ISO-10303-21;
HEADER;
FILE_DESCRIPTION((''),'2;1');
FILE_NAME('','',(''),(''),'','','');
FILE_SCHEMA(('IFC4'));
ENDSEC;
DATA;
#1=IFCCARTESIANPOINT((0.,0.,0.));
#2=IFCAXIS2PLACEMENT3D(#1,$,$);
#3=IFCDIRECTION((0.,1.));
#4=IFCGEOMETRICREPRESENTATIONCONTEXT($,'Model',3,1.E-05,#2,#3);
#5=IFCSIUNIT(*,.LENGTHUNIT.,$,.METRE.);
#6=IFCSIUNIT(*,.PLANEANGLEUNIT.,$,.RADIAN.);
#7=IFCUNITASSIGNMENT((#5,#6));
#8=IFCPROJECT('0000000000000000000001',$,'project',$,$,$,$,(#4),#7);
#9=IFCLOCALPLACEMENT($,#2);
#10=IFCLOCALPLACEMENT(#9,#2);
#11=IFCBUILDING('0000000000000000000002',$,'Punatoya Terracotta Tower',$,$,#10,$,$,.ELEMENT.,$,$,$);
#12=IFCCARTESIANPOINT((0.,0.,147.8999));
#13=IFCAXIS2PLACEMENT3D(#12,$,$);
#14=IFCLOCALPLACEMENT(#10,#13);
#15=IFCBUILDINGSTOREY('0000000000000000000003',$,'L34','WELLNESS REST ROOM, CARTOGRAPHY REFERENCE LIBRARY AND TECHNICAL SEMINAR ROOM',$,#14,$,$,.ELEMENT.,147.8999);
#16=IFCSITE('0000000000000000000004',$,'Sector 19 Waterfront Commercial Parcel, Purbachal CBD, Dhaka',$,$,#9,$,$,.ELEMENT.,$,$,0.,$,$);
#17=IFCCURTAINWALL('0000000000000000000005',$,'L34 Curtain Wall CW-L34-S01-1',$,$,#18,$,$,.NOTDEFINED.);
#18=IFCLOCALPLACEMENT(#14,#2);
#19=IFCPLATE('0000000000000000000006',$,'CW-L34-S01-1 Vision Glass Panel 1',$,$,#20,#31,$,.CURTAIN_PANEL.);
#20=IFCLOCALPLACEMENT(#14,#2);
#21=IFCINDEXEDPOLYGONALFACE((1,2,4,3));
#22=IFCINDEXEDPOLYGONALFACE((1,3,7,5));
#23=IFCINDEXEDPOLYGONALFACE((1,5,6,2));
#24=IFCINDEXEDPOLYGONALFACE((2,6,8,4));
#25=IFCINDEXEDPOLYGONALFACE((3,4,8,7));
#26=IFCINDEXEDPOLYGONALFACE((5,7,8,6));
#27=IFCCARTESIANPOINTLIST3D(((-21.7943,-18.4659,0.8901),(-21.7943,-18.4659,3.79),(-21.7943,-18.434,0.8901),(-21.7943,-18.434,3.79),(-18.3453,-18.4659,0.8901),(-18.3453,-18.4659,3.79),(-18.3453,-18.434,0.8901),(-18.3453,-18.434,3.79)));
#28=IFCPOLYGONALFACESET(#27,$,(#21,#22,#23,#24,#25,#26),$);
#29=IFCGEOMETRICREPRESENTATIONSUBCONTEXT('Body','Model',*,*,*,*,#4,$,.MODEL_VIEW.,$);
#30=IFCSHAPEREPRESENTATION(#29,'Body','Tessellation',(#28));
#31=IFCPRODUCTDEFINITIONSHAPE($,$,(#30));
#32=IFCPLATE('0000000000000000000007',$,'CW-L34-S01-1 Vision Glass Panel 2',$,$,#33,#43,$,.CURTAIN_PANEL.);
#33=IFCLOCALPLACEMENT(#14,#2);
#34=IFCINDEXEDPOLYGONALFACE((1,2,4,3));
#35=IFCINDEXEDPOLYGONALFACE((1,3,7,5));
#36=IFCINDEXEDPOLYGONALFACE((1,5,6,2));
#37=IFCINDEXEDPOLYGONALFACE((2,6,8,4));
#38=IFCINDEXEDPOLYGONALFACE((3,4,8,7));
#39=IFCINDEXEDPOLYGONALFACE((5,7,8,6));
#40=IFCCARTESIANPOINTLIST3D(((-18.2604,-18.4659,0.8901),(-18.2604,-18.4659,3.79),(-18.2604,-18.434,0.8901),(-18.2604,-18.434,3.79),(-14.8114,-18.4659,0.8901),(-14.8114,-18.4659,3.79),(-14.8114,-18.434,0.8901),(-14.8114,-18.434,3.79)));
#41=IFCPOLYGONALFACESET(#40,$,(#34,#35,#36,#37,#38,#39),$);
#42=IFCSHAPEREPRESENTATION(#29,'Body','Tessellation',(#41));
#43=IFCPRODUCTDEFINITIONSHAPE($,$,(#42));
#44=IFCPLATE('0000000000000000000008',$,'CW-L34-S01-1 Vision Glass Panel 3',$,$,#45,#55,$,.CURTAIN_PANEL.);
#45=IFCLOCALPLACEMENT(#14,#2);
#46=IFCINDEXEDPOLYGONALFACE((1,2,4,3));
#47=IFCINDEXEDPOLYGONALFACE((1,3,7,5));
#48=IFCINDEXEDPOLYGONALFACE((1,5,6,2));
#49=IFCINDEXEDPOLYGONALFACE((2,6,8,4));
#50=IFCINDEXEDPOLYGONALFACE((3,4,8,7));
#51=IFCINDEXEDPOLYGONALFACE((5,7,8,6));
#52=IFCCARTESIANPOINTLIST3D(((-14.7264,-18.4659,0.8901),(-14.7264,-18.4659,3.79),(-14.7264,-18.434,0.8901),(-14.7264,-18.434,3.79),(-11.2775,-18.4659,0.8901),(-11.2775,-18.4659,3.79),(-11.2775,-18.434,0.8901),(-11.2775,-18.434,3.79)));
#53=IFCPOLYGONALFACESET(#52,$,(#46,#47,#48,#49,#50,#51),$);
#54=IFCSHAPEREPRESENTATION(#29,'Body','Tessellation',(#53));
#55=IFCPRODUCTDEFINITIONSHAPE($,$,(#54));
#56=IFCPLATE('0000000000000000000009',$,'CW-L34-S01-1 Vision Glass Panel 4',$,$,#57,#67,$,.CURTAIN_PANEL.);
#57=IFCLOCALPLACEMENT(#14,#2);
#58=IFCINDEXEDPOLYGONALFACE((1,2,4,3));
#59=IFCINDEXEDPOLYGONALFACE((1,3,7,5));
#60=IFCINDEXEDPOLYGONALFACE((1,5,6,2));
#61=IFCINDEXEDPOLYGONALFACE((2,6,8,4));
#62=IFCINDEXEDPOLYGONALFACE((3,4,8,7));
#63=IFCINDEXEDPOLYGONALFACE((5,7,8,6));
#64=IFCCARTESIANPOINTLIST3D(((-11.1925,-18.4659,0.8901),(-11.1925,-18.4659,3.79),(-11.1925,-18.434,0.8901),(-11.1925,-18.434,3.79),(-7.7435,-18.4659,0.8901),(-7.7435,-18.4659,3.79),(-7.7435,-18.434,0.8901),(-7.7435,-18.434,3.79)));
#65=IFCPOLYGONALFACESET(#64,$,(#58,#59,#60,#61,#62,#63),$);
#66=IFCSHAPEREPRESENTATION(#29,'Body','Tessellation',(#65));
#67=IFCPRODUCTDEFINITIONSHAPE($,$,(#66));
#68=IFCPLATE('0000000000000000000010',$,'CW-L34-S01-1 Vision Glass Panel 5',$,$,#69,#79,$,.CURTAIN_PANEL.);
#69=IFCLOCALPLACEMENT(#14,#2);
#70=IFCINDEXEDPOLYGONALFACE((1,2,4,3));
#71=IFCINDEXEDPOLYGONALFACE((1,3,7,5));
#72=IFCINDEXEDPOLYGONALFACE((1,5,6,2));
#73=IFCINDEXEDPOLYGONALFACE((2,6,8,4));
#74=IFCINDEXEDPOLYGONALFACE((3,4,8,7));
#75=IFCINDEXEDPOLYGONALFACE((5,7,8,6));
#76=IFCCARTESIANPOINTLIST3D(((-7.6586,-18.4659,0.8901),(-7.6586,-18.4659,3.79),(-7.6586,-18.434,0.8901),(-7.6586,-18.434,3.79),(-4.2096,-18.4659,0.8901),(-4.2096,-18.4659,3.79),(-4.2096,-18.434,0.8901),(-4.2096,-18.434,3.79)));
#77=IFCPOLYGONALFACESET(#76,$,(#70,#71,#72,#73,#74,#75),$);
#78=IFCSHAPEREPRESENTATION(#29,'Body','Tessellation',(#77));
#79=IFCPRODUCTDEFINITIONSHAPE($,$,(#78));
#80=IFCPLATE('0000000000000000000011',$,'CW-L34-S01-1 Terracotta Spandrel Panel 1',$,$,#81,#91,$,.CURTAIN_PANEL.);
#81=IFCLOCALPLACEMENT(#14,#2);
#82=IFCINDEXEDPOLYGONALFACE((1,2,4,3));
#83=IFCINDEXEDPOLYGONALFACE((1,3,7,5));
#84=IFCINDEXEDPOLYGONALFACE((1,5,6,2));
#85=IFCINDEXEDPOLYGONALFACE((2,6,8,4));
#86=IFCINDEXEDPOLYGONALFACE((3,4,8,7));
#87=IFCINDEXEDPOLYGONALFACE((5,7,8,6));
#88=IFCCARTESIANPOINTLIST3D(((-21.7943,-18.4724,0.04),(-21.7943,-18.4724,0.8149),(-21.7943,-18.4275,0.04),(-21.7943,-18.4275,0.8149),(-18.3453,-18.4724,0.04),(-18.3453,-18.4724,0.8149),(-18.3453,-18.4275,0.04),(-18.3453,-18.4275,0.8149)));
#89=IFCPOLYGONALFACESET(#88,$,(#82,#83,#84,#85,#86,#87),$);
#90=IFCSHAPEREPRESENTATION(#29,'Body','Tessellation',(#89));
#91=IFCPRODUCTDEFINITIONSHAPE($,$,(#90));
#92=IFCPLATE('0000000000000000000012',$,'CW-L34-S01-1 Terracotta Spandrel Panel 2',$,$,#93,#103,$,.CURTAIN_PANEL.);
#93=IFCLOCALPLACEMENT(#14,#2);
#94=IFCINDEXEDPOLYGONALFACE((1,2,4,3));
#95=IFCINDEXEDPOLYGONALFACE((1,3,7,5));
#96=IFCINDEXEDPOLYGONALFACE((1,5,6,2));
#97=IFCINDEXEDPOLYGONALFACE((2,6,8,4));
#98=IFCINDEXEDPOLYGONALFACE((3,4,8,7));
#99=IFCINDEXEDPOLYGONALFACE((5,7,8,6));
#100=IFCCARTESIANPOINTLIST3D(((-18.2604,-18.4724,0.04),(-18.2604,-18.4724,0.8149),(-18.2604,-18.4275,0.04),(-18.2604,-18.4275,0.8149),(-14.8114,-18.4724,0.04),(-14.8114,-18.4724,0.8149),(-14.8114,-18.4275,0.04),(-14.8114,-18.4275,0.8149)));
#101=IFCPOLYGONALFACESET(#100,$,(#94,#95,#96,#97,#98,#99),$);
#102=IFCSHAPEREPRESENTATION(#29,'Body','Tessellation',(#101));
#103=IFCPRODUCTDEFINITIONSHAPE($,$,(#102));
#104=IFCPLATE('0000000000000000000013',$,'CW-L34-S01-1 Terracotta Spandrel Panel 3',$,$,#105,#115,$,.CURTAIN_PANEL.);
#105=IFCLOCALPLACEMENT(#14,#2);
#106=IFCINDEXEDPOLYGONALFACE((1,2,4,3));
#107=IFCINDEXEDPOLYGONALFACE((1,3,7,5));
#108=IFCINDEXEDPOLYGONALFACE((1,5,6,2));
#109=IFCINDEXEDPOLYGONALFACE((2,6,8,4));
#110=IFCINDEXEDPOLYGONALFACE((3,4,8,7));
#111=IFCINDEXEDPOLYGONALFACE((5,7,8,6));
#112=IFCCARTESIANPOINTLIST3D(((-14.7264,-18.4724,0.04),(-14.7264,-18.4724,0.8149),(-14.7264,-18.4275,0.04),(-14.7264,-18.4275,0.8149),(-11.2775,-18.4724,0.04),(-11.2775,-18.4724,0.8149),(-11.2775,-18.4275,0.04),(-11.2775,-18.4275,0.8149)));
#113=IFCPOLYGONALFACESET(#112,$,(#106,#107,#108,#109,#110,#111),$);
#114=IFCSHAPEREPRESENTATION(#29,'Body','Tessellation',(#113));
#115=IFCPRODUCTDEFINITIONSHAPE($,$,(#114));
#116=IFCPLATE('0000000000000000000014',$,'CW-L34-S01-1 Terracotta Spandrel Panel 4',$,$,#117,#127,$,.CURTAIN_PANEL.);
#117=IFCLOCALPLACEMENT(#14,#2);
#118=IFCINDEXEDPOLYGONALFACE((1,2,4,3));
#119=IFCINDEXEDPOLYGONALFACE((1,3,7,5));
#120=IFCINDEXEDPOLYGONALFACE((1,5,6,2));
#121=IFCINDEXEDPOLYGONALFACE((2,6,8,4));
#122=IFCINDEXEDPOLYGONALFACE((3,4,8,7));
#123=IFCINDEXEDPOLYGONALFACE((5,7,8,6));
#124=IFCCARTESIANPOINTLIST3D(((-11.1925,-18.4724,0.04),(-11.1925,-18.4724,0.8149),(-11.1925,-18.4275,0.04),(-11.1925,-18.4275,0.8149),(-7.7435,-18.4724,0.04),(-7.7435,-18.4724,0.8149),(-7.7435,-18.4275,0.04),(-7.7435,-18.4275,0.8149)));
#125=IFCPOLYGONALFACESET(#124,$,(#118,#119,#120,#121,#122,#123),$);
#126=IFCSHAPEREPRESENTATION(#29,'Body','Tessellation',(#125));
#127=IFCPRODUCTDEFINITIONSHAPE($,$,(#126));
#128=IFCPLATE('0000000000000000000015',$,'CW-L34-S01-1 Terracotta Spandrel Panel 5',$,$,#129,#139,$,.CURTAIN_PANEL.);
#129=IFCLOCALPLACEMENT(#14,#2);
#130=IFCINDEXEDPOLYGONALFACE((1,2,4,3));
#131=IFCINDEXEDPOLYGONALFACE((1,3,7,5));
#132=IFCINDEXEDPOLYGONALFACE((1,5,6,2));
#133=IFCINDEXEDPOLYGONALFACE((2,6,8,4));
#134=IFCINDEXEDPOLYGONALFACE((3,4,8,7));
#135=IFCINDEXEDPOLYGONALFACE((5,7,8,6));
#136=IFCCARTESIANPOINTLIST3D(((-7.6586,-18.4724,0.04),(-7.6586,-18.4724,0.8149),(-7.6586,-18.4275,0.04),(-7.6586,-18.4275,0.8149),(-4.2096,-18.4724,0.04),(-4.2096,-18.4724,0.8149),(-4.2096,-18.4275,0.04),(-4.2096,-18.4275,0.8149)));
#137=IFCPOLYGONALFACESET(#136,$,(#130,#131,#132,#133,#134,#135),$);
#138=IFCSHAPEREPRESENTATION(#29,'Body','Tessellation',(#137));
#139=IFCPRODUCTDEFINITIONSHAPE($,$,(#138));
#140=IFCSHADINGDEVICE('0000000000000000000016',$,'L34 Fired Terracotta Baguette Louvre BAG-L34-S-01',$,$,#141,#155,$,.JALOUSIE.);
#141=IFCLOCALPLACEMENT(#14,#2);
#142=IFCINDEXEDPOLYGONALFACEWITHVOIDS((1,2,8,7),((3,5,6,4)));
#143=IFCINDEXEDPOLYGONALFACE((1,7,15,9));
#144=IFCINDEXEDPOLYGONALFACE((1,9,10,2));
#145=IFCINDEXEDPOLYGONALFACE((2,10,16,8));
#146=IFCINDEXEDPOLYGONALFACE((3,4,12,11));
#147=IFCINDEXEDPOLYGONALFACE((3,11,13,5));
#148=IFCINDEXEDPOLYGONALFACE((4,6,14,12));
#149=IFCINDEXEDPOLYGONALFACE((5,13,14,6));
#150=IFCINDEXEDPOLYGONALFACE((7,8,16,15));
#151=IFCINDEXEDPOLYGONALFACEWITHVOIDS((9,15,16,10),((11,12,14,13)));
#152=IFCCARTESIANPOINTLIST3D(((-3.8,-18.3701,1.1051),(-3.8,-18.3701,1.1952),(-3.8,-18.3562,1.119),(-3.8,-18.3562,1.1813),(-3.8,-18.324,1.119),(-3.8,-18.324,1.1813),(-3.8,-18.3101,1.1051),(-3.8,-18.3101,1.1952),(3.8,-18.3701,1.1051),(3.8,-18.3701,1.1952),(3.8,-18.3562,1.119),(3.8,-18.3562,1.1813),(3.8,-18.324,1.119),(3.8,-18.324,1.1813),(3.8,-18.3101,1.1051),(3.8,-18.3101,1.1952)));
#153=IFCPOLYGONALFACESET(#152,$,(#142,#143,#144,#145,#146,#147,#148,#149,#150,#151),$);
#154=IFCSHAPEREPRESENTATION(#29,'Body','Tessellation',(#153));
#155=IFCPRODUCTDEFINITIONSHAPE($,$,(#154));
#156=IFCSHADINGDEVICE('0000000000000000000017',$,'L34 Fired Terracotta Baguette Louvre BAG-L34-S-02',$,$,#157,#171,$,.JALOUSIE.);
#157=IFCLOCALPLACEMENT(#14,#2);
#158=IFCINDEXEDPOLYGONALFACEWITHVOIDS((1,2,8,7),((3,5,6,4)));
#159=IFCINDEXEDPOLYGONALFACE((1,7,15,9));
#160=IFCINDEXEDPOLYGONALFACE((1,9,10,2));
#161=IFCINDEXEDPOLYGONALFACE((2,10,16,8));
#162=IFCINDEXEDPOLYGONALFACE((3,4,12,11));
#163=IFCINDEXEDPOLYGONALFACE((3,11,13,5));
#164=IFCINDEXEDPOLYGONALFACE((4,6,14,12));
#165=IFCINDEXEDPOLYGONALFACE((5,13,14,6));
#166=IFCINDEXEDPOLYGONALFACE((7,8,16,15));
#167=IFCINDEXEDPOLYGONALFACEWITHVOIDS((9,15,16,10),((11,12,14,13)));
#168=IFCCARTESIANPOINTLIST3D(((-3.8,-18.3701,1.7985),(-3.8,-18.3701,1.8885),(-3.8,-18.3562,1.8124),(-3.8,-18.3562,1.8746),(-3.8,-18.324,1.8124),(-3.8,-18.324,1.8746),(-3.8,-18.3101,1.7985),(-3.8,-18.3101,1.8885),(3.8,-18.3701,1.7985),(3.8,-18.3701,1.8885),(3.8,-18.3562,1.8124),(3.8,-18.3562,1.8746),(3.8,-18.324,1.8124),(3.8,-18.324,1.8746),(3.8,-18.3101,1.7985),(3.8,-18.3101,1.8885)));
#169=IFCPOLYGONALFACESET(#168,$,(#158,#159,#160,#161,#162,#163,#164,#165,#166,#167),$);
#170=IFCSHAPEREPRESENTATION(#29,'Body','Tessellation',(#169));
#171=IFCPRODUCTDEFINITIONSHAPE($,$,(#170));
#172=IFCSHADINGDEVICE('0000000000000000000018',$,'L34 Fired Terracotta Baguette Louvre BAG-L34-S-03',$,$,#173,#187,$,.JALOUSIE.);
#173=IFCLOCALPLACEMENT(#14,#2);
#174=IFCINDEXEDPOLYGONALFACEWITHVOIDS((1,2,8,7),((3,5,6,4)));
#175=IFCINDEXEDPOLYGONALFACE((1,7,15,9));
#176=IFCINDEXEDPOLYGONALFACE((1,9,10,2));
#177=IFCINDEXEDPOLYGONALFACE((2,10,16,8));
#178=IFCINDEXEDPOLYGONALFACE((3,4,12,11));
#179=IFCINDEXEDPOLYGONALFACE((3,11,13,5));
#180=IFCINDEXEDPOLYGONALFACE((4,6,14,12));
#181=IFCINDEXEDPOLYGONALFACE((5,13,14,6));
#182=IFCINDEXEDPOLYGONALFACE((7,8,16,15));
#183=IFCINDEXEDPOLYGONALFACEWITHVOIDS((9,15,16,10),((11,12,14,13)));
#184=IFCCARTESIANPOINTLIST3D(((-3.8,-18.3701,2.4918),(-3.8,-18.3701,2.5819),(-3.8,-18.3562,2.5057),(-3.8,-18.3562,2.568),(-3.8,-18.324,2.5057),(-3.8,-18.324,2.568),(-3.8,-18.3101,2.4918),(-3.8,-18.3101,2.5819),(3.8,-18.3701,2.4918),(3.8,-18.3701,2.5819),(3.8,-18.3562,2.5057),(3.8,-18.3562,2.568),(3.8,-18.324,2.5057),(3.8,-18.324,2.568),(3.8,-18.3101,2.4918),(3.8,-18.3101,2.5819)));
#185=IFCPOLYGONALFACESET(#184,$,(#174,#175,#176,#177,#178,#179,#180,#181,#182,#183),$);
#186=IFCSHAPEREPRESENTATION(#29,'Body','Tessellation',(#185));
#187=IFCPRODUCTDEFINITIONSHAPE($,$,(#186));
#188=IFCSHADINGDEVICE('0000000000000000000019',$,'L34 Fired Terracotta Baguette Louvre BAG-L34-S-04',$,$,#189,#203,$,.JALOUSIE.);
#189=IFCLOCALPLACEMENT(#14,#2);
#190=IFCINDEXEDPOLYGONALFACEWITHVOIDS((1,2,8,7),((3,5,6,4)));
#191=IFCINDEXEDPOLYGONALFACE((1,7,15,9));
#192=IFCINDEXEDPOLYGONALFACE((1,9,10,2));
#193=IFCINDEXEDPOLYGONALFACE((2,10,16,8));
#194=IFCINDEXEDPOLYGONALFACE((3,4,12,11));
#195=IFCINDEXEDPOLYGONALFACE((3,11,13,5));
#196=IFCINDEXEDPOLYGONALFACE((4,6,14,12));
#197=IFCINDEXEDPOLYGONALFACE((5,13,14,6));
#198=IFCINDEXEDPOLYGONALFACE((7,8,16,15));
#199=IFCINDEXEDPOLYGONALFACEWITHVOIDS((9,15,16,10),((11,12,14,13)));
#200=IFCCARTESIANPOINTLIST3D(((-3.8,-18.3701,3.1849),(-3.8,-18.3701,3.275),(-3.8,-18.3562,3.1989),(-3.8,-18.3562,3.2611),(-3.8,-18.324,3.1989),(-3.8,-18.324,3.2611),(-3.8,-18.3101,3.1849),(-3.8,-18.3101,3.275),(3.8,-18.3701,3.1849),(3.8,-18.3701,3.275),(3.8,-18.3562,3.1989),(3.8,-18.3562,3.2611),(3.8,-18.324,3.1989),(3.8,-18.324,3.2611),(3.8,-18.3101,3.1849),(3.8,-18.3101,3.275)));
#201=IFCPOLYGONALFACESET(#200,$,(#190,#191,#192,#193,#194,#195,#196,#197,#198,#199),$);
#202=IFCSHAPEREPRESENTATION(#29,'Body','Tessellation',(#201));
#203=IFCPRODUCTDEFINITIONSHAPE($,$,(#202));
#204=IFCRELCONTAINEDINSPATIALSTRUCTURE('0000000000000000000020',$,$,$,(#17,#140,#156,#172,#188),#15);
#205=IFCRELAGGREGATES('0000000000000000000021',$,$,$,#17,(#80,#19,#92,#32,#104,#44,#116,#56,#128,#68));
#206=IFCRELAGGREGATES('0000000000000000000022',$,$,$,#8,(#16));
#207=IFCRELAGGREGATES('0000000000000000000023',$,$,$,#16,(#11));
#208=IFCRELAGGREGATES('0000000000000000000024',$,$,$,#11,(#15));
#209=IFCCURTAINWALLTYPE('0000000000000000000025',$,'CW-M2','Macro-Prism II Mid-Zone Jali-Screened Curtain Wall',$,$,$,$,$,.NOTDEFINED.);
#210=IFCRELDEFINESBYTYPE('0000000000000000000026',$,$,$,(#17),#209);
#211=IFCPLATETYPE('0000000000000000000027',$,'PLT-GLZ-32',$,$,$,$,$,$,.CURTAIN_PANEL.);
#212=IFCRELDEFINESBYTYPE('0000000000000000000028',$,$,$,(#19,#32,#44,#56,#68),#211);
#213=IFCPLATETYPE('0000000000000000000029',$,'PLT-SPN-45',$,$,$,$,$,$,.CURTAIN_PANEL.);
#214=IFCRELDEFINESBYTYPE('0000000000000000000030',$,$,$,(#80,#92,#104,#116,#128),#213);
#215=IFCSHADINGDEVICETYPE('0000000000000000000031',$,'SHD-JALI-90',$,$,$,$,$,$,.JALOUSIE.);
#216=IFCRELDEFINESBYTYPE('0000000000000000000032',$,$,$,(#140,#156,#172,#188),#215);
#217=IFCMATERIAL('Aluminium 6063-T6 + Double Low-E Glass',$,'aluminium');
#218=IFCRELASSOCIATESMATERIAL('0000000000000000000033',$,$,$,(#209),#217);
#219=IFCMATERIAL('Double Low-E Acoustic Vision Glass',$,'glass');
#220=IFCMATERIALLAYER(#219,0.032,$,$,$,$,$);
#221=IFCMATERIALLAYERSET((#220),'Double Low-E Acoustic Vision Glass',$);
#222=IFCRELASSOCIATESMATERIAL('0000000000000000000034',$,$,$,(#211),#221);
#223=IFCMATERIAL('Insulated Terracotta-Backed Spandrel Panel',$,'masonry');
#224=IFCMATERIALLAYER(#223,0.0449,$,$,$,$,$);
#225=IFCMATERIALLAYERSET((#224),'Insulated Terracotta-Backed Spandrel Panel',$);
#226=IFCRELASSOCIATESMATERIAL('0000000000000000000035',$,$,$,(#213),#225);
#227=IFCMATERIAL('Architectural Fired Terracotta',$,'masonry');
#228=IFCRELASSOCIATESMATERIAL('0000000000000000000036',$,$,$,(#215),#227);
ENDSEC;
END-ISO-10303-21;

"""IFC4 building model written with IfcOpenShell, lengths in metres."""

from ifc_helpers import new_model, si_unit, direction, frame, origin, origin_2d, place, context, subcontext, project, spatial, rectangle, hollow_rectangle, extrude, material, layer, layer_set, material_profile, profile_set, type_object, element, aggregate, save


model = new_model("IFC4")

# Units and contexts
model_context = context("Model", 3, precision=1e-05, world=origin(), true_north=direction((0.0, 1.0)))
body_context = subcontext(model_context, "Body", "Model", "MODEL_VIEW")
ifc_project = project(units=[si_unit("LENGTHUNIT", "METRE"), si_unit("PLANEANGLEUNIT", "RADIAN")], contexts=[model_context])

# Site, building, storey
site_placement = place(None, origin())
site = spatial("IfcSite", under=ifc_project, at=site_placement, Name="Sector 19 Waterfront Commercial Parcel, Purbachal CBD, Dhaka", CompositionType="ELEMENT", RefElevation=0.0)
building_placement = place(site_placement, origin())
building = spatial("IfcBuilding", under=site, at=building_placement, Name="Punatoya Terracotta Tower", CompositionType="ELEMENT")
storey_placement = place(building_placement, frame((0.0, 0.0, 147.8999)))
storey = spatial("IfcBuildingStorey", under=building, at=storey_placement, Name="L34", Description="WELLNESS REST ROOM, CARTOGRAPHY REFERENCE LIBRARY AND TECHNICAL SEMINAR ROOM", CompositionType="ELEMENT", Elevation=147.8999)

# Curtain wall
ifc_material_1 = material(Name="Aluminium 6063-T6 + Double Low-E Glass", Category="aluminium")
curtain_wall_type = type_object("IfcCurtainWallType", Name="CW-M2", Description="Macro-Prism II Mid-Zone Jali-Screened Curtain Wall", PredefinedType="NOTDEFINED", material=ifc_material_1)
curtain_wall_placement = place(storey_placement, origin())
curtain_wall = element("IfcCurtainWall", 1, at=curtain_wall_placement, inside=storey, type_object=curtain_wall_type, Name="L34 Curtain Wall CW-L34-S01-1", PredefinedType="NOTDEFINED")

# Plates
ifc_material_2 = material(Name="Double Low-E Acoustic Vision Glass", Category="glass")
ifc_layer_1 = layer(ifc_material_2, 0.032)
ifc_layer_set_1 = layer_set([ifc_layer_1], Name="Double Low-E Acoustic Vision Glass")
plate_type_1 = type_object("IfcPlateType", Name="PLT-GLZ-32", PredefinedType="CURTAIN_PANEL", material=ifc_layer_set_1)
plate_1_placement = place(storey_placement, frame((-20.0698, -18.45, 0.8901), z_axis=(0.0, 0.0, 1.0), x_axis=(1.0, 0.0, 0.0)))
plate_1 = element("IfcPlate", 2, at=plate_1_placement, type_object=plate_type_1, Name="CW-L34-S01-1 Vision Glass Panel 1", PredefinedType="CURTAIN_PANEL", context=body_context, shape_type="SweptSolid", body=[
    extrude(rectangle(XDim=3.449, YDim=0.032, at=origin_2d()), origin(), (0.0, 0.0, 1.0), 2.8999),
])
plate_2_placement = place(storey_placement, frame((-16.5359, -18.45, 0.8901), z_axis=(0.0, 0.0, 1.0), x_axis=(1.0, 0.0, 0.0)))
plate_2 = element("IfcPlate", 3, at=plate_2_placement, type_object=plate_type_1, Name="CW-L34-S01-1 Vision Glass Panel 2", PredefinedType="CURTAIN_PANEL", context=body_context, shape_type="SweptSolid", body=[
    extrude(rectangle(XDim=3.449, YDim=0.032, at=origin_2d()), origin(), (0.0, 0.0, 1.0), 2.8999),
])
plate_3_placement = place(storey_placement, frame((-13.002, -18.45, 0.8901), z_axis=(0.0, 0.0, 1.0), x_axis=(1.0, 0.0, 0.0)))
plate_3 = element("IfcPlate", 4, at=plate_3_placement, type_object=plate_type_1, Name="CW-L34-S01-1 Vision Glass Panel 3", PredefinedType="CURTAIN_PANEL", context=body_context, shape_type="SweptSolid", body=[
    extrude(rectangle(XDim=3.449, YDim=0.032, at=origin_2d()), origin(), (0.0, 0.0, 1.0), 2.8999),
])
plate_4_placement = place(storey_placement, frame((-9.468, -18.45, 0.8901), z_axis=(0.0, 0.0, 1.0), x_axis=(1.0, 0.0, 0.0)))
plate_4 = element("IfcPlate", 5, at=plate_4_placement, type_object=plate_type_1, Name="CW-L34-S01-1 Vision Glass Panel 4", PredefinedType="CURTAIN_PANEL", context=body_context, shape_type="SweptSolid", body=[
    extrude(rectangle(XDim=3.449, YDim=0.032, at=origin_2d()), origin(), (0.0, 0.0, 1.0), 2.8999),
])
plate_5_placement = place(storey_placement, frame((-5.9341, -18.45, 0.8901), z_axis=(0.0, 0.0, 1.0), x_axis=(1.0, 0.0, 0.0)))
plate_5 = element("IfcPlate", 6, at=plate_5_placement, type_object=plate_type_1, Name="CW-L34-S01-1 Vision Glass Panel 5", PredefinedType="CURTAIN_PANEL", context=body_context, shape_type="SweptSolid", body=[
    extrude(rectangle(XDim=3.449, YDim=0.032, at=origin_2d()), origin(), (0.0, 0.0, 1.0), 2.8999),
])
ifc_material_3 = material(Name="Insulated Terracotta-Backed Spandrel Panel", Category="masonry")
ifc_layer_2 = layer(ifc_material_3, 0.0449)
ifc_layer_set_2 = layer_set([ifc_layer_2], Name="Insulated Terracotta-Backed Spandrel Panel")
plate_type_2 = type_object("IfcPlateType", Name="PLT-SPN-45", PredefinedType="CURTAIN_PANEL", material=ifc_layer_set_2)
plate_6_placement = place(storey_placement, frame((-20.0698, -18.45, 0.04), z_axis=(0.0, 0.0, 1.0), x_axis=(1.0, 0.0, 0.0)))
plate_6 = element("IfcPlate", 7, at=plate_6_placement, type_object=plate_type_2, Name="CW-L34-S01-1 Terracotta Spandrel Panel 1", PredefinedType="CURTAIN_PANEL", context=body_context, shape_type="SweptSolid", body=[
    extrude(rectangle(XDim=3.449, YDim=0.0449, at=origin_2d()), origin(), (0.0, 0.0, 1.0), 0.7749),
])
plate_7_placement = place(storey_placement, frame((-16.5359, -18.45, 0.04), z_axis=(0.0, 0.0, 1.0), x_axis=(1.0, 0.0, 0.0)))
plate_7 = element("IfcPlate", 8, at=plate_7_placement, type_object=plate_type_2, Name="CW-L34-S01-1 Terracotta Spandrel Panel 2", PredefinedType="CURTAIN_PANEL", context=body_context, shape_type="SweptSolid", body=[
    extrude(rectangle(XDim=3.449, YDim=0.0449, at=origin_2d()), origin(), (0.0, 0.0, 1.0), 0.7749),
])
plate_8_placement = place(storey_placement, frame((-13.002, -18.45, 0.04), z_axis=(0.0, 0.0, 1.0), x_axis=(1.0, 0.0, 0.0)))
plate_8 = element("IfcPlate", 9, at=plate_8_placement, type_object=plate_type_2, Name="CW-L34-S01-1 Terracotta Spandrel Panel 3", PredefinedType="CURTAIN_PANEL", context=body_context, shape_type="SweptSolid", body=[
    extrude(rectangle(XDim=3.449, YDim=0.0449, at=origin_2d()), origin(), (0.0, 0.0, 1.0), 0.7749),
])
plate_9_placement = place(storey_placement, frame((-9.468, -18.45, 0.04), z_axis=(0.0, 0.0, 1.0), x_axis=(1.0, 0.0, 0.0)))
plate_9 = element("IfcPlate", 10, at=plate_9_placement, type_object=plate_type_2, Name="CW-L34-S01-1 Terracotta Spandrel Panel 4", PredefinedType="CURTAIN_PANEL", context=body_context, shape_type="SweptSolid", body=[
    extrude(rectangle(XDim=3.449, YDim=0.0449, at=origin_2d()), origin(), (0.0, 0.0, 1.0), 0.7749),
])
plate_10_placement = place(storey_placement, frame((-5.9341, -18.45, 0.04), z_axis=(0.0, 0.0, 1.0), x_axis=(1.0, 0.0, 0.0)))
plate_10 = element("IfcPlate", 11, at=plate_10_placement, type_object=plate_type_2, Name="CW-L34-S01-1 Terracotta Spandrel Panel 5", PredefinedType="CURTAIN_PANEL", context=body_context, shape_type="SweptSolid", body=[
    extrude(rectangle(XDim=3.449, YDim=0.0449, at=origin_2d()), origin(), (0.0, 0.0, 1.0), 0.7749),
])
aggregate(curtain_wall, [plate_6, plate_1, plate_7, plate_2, plate_8, plate_3, plate_9, plate_4, plate_10, plate_5])

# Shading devices
ifc_material_4 = material(Name="Architectural Fired Terracotta", Category="masonry")
ifc_material_profile_1 = material_profile(ifc_material_4, hollow_rectangle(XDim=0.0601, YDim=0.0901, WallThickness=0.0139, at=origin_2d()))
ifc_profile_set_1 = profile_set([ifc_material_profile_1], Name="Architectural Fired Terracotta")
shading_device_type = type_object("IfcShadingDeviceType", Name="SHD-JALI-90", PredefinedType="JALOUSIE", material=ifc_profile_set_1)
for number, where, z_axis, x_axis, name in (
    (12, (-3.8, -18.3401, 1.1501), (1.0, 0.0, 0.0), (0.0, 1.0, 0.0), "L34 Fired Terracotta Baguette Louvre BAG-L34-S-01"),
    (13, (-3.8, -18.3401, 1.8435), (1.0, 0.0, 0.0), (0.0, 1.0, 0.0), "L34 Fired Terracotta Baguette Louvre BAG-L34-S-02"),
    (14, (-3.8, -18.3401, 2.5369), (1.0, 0.0, 0.0), (0.0, 1.0, 0.0), "L34 Fired Terracotta Baguette Louvre BAG-L34-S-03"),
    (15, (-3.8, -18.3401, 3.23), (1.0, 0.0, 0.0), (0.0, 1.0, 0.0), "L34 Fired Terracotta Baguette Louvre BAG-L34-S-04"),
):
    element("IfcShadingDevice", number, at=place(storey_placement, frame(where, z_axis=z_axis, x_axis=x_axis)), inside=storey, type_object=shading_device_type, Name=name, PredefinedType="JALOUSIE", context=body_context, shape_type="SweptSolid", body=[
        extrude(hollow_rectangle(XDim=0.0601, YDim=0.0901, WallThickness=0.0139, at=origin_2d()), origin(), (0.0, 0.0, 1.0), 7.6001),
    ])

save(model, "model.ifc")
